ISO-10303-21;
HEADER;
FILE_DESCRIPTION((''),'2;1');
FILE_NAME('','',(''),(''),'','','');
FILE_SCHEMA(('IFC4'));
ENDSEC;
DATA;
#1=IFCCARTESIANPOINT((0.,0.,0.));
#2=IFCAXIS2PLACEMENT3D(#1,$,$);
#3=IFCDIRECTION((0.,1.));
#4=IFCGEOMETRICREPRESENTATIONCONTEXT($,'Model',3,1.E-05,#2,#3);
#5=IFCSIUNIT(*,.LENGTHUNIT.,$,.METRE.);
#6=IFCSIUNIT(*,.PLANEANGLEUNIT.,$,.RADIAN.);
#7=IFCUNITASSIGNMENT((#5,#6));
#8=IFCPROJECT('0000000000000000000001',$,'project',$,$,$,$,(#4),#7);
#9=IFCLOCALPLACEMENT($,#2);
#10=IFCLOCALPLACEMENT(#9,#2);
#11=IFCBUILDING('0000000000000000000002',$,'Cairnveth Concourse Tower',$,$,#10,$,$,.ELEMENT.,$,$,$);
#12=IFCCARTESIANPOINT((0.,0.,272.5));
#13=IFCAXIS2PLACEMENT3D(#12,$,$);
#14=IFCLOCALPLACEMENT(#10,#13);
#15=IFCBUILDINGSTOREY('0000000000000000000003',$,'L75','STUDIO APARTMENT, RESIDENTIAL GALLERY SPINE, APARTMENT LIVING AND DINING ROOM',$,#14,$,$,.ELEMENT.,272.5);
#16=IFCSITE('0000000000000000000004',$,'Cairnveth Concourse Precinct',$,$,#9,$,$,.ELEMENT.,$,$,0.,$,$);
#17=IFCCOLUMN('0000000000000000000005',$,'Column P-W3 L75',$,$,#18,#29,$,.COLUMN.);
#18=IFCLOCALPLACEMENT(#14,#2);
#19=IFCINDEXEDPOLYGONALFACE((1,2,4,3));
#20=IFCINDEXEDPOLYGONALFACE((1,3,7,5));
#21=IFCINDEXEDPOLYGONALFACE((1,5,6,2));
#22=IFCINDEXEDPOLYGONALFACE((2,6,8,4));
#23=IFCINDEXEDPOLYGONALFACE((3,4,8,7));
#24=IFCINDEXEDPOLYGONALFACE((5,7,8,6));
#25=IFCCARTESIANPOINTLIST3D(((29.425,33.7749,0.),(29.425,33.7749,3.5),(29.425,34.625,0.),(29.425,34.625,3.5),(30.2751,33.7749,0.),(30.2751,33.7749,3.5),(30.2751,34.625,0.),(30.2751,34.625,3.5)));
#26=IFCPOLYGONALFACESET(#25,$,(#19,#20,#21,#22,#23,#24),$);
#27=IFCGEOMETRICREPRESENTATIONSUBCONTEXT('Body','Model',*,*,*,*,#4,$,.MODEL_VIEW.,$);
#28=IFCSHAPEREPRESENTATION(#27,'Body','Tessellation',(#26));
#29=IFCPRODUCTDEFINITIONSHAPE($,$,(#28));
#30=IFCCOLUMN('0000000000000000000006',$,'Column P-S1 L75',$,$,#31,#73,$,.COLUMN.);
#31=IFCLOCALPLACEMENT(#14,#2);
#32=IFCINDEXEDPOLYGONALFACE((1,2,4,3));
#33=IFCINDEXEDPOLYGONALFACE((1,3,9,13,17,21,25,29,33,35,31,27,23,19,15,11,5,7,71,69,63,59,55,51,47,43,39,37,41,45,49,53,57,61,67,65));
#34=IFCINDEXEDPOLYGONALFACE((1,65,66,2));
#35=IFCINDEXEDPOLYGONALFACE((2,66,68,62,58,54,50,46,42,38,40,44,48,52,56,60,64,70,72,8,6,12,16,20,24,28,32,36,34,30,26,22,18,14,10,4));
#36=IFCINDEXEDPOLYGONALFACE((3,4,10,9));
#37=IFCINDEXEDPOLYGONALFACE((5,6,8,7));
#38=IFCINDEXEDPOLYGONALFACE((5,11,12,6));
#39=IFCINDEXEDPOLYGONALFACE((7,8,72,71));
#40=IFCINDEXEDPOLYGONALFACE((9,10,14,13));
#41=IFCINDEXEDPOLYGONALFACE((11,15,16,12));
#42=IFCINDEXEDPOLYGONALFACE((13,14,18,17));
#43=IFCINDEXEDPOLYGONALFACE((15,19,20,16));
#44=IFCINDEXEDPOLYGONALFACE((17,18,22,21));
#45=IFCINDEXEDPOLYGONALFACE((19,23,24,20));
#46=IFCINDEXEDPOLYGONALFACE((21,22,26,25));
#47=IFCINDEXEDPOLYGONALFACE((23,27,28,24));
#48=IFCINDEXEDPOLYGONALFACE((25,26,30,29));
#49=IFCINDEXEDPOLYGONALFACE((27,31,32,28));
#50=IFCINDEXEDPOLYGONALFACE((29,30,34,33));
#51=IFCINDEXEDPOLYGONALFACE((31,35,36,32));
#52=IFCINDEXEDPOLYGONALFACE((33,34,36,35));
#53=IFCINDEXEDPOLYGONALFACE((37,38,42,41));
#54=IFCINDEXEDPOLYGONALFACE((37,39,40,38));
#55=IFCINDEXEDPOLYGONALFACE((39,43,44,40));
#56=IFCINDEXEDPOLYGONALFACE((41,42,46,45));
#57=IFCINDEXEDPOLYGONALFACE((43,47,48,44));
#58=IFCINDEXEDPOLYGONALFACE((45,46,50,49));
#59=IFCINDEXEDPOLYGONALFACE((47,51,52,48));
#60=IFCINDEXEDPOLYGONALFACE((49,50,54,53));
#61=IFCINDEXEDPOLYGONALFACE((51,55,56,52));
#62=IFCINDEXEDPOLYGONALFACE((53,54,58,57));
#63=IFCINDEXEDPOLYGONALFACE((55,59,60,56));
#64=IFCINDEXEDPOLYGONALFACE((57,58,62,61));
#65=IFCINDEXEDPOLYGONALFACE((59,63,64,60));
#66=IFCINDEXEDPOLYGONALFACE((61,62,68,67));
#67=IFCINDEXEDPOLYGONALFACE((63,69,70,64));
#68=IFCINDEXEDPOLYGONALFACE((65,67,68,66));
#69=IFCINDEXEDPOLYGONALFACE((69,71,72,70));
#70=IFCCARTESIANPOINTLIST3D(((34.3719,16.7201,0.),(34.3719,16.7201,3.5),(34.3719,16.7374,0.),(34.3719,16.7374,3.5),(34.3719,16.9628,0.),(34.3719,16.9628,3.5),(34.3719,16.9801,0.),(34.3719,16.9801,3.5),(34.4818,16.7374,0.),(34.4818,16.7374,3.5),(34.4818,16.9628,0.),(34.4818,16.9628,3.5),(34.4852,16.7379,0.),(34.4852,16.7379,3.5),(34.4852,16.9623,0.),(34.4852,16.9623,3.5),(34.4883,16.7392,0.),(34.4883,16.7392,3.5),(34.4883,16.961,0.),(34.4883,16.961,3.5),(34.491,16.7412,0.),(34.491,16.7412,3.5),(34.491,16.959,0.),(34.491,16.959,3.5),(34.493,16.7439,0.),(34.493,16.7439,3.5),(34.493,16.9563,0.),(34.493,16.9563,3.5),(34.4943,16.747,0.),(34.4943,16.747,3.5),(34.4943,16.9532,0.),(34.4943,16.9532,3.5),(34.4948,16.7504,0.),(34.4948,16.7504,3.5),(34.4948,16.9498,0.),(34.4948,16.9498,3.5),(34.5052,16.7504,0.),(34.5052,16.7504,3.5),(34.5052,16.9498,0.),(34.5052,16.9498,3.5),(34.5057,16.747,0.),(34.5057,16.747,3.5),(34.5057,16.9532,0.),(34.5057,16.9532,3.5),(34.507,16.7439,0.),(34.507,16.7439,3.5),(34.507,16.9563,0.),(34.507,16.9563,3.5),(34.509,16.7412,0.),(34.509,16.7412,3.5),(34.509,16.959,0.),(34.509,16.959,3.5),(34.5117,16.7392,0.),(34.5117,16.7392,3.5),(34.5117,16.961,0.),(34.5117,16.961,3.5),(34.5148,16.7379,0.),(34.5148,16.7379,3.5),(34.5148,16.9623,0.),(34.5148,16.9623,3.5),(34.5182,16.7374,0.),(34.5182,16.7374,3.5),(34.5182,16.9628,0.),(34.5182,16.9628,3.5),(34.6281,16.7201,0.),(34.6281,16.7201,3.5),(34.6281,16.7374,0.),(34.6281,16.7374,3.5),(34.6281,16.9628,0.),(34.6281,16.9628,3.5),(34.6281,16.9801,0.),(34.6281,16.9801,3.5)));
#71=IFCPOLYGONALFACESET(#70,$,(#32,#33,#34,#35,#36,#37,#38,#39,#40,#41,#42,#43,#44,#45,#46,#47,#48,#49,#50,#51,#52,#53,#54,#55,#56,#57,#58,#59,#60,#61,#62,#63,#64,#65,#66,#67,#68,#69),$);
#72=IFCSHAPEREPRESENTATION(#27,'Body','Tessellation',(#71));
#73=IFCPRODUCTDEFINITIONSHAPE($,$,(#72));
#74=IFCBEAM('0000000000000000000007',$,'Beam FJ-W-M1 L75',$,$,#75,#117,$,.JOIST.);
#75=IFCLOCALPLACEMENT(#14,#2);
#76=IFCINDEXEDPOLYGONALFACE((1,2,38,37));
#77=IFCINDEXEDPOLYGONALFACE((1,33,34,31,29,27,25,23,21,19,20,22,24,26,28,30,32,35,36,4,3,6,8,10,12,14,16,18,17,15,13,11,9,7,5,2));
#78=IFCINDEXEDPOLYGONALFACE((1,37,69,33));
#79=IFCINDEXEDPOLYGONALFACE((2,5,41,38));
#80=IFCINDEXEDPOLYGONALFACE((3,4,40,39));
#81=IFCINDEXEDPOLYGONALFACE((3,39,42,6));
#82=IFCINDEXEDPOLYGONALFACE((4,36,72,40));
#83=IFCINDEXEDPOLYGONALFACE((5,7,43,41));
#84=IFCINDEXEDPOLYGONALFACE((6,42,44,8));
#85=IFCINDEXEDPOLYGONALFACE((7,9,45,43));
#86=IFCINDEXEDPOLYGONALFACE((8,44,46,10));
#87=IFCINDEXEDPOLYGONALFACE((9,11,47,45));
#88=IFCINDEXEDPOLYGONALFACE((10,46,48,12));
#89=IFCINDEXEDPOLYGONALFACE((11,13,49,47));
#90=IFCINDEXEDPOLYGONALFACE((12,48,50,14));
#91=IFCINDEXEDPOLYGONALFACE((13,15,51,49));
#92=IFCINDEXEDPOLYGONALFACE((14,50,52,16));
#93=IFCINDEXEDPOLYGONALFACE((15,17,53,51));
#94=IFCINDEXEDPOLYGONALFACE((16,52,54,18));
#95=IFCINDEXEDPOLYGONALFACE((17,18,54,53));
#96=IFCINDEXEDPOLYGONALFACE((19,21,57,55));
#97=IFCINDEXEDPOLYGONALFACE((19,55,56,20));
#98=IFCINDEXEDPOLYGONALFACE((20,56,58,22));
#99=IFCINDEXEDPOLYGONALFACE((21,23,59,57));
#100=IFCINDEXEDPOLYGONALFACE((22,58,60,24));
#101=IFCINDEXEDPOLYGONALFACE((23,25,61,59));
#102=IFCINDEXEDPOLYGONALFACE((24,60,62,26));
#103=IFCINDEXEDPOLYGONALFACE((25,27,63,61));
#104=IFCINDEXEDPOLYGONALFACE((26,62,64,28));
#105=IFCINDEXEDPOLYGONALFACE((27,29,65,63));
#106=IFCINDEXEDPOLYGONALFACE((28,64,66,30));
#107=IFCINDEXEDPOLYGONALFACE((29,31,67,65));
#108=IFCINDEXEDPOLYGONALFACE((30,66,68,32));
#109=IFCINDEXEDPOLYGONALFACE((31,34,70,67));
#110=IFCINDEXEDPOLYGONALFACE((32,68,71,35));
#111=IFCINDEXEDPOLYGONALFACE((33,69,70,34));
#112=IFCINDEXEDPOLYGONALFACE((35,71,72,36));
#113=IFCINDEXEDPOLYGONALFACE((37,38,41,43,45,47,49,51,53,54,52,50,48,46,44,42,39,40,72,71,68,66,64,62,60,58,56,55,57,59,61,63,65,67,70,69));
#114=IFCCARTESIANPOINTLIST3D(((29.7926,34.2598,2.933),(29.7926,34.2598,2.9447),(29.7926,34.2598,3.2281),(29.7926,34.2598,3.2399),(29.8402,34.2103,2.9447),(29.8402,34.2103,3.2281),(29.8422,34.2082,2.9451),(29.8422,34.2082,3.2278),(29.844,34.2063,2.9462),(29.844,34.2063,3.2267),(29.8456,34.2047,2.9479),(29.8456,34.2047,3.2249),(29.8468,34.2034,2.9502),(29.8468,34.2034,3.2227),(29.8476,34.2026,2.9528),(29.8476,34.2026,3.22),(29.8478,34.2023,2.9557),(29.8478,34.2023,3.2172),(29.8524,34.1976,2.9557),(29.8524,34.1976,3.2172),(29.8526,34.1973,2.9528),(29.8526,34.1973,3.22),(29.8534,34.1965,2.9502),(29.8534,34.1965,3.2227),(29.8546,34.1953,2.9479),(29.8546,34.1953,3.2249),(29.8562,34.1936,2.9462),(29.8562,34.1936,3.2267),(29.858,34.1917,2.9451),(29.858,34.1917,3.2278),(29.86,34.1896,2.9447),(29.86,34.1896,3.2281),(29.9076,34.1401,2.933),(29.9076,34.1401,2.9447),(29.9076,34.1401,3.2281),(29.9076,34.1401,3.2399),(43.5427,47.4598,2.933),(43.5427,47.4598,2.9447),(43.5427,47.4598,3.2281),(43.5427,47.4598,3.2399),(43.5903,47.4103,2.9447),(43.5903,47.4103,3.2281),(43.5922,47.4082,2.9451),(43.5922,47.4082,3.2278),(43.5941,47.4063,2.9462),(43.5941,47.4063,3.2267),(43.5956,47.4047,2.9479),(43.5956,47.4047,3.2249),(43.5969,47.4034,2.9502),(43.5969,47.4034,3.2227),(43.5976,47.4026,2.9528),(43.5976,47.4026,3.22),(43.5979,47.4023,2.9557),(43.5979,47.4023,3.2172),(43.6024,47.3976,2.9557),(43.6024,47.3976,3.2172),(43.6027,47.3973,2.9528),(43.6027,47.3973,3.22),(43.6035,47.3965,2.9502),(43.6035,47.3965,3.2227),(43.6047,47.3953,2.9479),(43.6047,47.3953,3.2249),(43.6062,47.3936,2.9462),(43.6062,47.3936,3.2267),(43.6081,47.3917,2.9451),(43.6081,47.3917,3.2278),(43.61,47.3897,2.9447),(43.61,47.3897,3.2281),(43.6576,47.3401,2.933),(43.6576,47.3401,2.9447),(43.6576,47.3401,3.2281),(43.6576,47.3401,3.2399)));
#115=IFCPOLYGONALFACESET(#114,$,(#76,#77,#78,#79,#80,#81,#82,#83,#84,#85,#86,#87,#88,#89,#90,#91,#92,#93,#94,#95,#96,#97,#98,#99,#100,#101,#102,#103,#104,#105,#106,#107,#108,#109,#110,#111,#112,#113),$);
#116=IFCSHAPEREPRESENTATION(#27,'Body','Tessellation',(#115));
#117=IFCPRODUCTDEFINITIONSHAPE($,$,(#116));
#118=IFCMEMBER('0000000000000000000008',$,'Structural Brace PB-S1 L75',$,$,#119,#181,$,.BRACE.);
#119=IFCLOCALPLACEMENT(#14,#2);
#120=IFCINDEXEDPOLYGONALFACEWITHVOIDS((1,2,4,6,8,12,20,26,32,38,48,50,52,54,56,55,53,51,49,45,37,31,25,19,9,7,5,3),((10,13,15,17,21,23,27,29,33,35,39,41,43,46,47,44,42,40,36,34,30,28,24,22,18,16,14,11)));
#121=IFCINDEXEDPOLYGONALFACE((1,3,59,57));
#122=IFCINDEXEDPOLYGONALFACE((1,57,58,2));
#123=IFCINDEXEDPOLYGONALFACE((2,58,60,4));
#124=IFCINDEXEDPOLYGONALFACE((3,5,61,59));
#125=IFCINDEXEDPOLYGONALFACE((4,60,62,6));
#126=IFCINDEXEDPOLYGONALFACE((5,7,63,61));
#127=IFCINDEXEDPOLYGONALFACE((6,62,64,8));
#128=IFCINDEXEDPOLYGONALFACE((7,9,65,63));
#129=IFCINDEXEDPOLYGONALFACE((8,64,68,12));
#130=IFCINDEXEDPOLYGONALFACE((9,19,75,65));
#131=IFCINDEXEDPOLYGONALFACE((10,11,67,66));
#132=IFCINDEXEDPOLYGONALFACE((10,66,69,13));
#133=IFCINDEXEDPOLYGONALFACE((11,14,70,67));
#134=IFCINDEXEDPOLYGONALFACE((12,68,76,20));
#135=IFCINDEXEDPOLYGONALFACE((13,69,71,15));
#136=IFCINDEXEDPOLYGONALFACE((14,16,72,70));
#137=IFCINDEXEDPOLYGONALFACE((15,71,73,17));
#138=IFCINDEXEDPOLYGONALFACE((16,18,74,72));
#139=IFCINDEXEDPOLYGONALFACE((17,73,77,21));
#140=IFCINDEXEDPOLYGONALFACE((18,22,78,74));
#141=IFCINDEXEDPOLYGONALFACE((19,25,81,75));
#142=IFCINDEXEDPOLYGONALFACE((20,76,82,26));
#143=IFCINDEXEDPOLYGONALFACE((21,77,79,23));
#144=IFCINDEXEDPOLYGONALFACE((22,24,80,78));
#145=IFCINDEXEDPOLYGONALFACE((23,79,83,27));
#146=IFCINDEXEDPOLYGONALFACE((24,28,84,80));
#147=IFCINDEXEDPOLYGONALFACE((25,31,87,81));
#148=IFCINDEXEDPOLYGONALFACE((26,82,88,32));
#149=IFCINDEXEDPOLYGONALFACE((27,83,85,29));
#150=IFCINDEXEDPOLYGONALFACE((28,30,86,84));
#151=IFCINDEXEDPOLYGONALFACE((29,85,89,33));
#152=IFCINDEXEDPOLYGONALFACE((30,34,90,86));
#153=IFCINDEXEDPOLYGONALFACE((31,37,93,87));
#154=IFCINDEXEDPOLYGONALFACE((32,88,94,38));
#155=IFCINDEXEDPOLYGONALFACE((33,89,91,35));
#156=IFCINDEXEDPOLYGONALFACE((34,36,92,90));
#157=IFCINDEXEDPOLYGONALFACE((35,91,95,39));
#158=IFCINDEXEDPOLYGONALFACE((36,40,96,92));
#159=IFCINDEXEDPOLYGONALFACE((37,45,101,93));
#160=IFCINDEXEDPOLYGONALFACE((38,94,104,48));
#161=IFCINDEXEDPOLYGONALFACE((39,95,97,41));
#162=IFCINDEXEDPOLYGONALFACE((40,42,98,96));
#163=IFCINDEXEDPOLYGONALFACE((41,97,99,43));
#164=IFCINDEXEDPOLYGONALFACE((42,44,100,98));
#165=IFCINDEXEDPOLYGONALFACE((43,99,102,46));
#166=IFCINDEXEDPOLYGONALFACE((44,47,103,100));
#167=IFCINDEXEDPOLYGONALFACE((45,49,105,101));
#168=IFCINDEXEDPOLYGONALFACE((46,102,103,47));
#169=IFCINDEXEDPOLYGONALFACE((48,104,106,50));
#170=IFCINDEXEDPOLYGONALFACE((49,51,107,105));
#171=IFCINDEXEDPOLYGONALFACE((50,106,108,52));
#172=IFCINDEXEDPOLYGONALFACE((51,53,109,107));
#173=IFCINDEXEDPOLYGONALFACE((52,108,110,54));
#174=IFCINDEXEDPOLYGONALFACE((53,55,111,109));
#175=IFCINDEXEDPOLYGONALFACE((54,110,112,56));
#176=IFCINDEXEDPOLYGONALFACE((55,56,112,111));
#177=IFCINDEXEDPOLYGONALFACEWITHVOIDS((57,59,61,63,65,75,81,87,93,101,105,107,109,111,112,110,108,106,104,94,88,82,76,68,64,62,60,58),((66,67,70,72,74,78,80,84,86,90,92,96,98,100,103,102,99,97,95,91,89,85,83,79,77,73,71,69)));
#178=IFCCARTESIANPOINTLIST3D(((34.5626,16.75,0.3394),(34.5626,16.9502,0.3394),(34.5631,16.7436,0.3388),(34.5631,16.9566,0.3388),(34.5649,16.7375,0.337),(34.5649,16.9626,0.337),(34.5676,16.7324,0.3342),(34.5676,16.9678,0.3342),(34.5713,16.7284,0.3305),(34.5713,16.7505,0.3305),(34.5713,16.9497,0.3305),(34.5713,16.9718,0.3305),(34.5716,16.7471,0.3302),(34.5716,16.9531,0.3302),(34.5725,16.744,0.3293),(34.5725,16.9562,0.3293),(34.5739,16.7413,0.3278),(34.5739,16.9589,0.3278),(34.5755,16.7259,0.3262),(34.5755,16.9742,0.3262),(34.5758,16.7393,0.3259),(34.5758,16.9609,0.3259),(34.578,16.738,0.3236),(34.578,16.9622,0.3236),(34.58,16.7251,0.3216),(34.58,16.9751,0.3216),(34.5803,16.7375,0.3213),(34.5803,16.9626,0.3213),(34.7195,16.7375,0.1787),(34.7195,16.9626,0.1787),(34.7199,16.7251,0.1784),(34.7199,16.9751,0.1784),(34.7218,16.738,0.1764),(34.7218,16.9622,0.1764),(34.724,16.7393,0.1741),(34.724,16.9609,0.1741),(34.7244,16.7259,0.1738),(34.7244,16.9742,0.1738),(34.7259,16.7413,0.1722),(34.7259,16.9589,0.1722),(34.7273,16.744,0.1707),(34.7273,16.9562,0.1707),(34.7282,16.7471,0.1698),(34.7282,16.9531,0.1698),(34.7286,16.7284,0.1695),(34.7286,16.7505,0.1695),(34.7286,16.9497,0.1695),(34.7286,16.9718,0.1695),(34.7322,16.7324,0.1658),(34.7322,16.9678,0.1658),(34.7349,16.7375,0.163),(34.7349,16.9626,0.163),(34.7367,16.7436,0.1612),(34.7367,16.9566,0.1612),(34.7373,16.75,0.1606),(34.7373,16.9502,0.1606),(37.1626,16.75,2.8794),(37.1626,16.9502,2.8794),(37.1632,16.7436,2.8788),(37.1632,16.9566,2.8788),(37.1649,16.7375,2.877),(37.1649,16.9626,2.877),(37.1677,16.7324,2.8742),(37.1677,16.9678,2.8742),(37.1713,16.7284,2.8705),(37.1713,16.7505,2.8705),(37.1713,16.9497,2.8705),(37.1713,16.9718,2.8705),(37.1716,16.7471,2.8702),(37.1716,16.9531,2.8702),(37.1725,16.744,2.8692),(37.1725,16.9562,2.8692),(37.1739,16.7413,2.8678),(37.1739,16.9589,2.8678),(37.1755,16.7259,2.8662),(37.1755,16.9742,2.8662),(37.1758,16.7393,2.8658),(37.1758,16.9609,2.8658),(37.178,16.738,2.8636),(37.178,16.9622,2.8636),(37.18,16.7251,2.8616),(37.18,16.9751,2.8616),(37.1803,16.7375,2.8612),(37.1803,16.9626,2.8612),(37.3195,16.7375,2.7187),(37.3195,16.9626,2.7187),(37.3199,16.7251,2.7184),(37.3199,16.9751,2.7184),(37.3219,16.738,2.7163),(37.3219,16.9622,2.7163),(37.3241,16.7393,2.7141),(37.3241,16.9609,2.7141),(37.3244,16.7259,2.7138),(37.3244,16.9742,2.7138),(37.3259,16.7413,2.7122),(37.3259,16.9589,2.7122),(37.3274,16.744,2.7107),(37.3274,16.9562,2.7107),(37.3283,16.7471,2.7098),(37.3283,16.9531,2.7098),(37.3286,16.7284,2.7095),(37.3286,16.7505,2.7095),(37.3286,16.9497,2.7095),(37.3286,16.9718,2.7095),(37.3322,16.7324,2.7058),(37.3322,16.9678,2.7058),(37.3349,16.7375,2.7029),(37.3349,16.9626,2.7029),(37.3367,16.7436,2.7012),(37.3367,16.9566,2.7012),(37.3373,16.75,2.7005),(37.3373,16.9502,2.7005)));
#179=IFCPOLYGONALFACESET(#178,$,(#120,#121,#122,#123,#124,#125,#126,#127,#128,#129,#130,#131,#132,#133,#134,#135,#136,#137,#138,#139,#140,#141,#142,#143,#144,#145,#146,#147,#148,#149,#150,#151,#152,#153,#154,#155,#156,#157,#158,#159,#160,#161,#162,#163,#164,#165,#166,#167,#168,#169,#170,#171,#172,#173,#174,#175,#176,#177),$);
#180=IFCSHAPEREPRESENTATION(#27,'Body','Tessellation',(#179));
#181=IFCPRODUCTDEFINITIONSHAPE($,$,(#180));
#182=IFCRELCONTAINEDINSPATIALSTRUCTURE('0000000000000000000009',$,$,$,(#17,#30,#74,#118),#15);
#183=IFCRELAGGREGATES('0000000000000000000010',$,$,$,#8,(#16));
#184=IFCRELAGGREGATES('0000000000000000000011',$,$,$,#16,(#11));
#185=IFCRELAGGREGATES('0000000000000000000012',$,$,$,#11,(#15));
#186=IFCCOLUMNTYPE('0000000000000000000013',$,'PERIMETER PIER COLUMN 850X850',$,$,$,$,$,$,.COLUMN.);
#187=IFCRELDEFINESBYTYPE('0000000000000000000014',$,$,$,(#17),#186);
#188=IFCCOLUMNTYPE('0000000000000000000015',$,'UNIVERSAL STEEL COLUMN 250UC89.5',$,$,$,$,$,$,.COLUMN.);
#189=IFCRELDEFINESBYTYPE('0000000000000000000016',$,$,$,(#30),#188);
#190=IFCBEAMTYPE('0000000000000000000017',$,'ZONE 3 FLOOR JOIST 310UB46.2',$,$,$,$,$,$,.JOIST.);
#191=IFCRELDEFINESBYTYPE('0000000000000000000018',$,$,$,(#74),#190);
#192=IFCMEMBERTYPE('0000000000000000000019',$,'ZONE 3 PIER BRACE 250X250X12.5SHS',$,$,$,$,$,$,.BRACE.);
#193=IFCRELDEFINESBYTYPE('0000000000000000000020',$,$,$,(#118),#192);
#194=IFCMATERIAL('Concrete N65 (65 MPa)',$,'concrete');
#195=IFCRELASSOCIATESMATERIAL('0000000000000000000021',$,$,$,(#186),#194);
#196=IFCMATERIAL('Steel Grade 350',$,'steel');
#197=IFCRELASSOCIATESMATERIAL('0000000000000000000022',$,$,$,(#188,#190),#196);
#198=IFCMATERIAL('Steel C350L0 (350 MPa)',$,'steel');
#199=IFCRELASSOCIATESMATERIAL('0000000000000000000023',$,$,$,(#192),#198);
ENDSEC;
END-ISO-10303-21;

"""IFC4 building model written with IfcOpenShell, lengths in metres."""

from ifc_helpers import new_model, si_unit, direction, frame, origin, origin_2d, place, context, subcontext, project, spatial, rectangle, hollow_rectangle, i_section, extrude, material, material_profile, profile_set, type_object, element, save


model = new_model("IFC4")

# Units and contexts
model_context = context("Model", 3, precision=1e-05, world=origin(), true_north=direction((0.0, 1.0)))
body_context = subcontext(model_context, "Body", "Model", "MODEL_VIEW")
ifc_project = project(units=[si_unit("LENGTHUNIT", "METRE"), si_unit("PLANEANGLEUNIT", "RADIAN")], contexts=[model_context])

# Site, building, storey
site_placement = place(None, origin())
site = spatial("IfcSite", under=ifc_project, at=site_placement, Name="Cairnveth Concourse Precinct", CompositionType="ELEMENT", RefElevation=0.0)
building_placement = place(site_placement, origin())
building = spatial("IfcBuilding", under=site, at=building_placement, Name="Cairnveth Concourse Tower", CompositionType="ELEMENT")
storey_placement = place(building_placement, frame((0.0, 0.0, 272.5)))
storey = spatial("IfcBuildingStorey", under=building, at=storey_placement, Name="L75", Description="STUDIO APARTMENT, RESIDENTIAL GALLERY SPINE, APARTMENT LIVING AND DINING ROOM", CompositionType="ELEMENT", Elevation=272.5)

# Columns
ifc_material_1 = material(Name="Concrete N65 (65 MPa)", Category="concrete")
ifc_material_profile_1 = material_profile(ifc_material_1, rectangle(XDim=0.8501, YDim=0.8501, at=origin_2d()), Name="RC-COL-850x850")
ifc_profile_set_1 = profile_set([ifc_material_profile_1], Name="Concrete N65 (65 MPa)")
column_type_1 = type_object("IfcColumnType", Name="PERIMETER PIER COLUMN 850X850", PredefinedType="COLUMN", material=ifc_profile_set_1)
column_1_placement = place(storey_placement, frame((29.8501, 34.2, 0.0), z_axis=(0.0, 0.0, 1.0), x_axis=(0.0, 1.0, 0.0)))
element("IfcColumn", 1, at=column_1_placement, inside=storey, type_object=column_type_1, Name="Column P-W3 L75", PredefinedType="COLUMN", context=body_context, shape_type="SweptSolid", body=[
    extrude(rectangle(XDim=0.8501, YDim=0.8501, at=origin_2d()), origin(), (0.0, 0.0, 1.0), 3.5),
])
ifc_material_2 = material(Name="Steel Grade 350", Category="steel")
ifc_material_profile_2 = material_profile(ifc_material_2, i_section(OverallWidth=0.2561, OverallDepth=0.26, WebThickness=0.0105, FlangeThickness=0.0173, FilletRadius=0.0129, at=origin_2d()), Name="250UC89.5")
ifc_profile_set_2 = profile_set([ifc_material_profile_2], Name="Steel Grade 350")
column_type_2 = type_object("IfcColumnType", Name="UNIVERSAL STEEL COLUMN 250UC89.5", PredefinedType="COLUMN", material=ifc_profile_set_2)
column_2_placement = place(storey_placement, frame((34.5, 16.8501, 0.0), z_axis=(0.0, 0.0, 1.0), x_axis=(1.0, 0.0, 0.0)))
element("IfcColumn", 2, at=column_2_placement, inside=storey, type_object=column_type_2, Name="Column P-S1 L75", PredefinedType="COLUMN", context=body_context, shape_type="SweptSolid", body=[
    extrude(i_section(OverallWidth=0.2561, OverallDepth=0.26, WebThickness=0.0105, FlangeThickness=0.0173, FilletRadius=0.0129, at=origin_2d()), origin(), (0.0, 0.0, 1.0), 3.5),
])

# Beam
ifc_material_profile_3 = material_profile(ifc_material_2, i_section(OverallWidth=0.166, OverallDepth=0.3069, WebThickness=0.0066, FlangeThickness=0.0117, FilletRadius=0.011, at=origin_2d()), Name="310UB46.2")
ifc_profile_set_3 = profile_set([ifc_material_profile_3], Name="Steel Grade 350")
beam_type_1 = type_object("IfcBeamType", Name="ZONE 3 FLOOR JOIST 310UB46.2", PredefinedType="JOIST", material=ifc_profile_set_3)
beam_1_placement = place(storey_placement, frame((29.8501, 34.2, 3.0864), z_axis=(0.721389, 0.69253, 0.0), x_axis=(-0.69253, 0.721389, 0.0)))
element("IfcBeam", 3, at=beam_1_placement, inside=storey, type_object=beam_type_1, Name="Beam FJ-W-M1 L75", PredefinedType="JOIST", context=body_context, shape_type="SweptSolid", body=[
    extrude(i_section(OverallWidth=0.166, OverallDepth=0.3069, WebThickness=0.0066, FlangeThickness=0.0117, FilletRadius=0.011, at=origin_2d()), origin(), (0.0, 0.0, 1.0), 19.0605),
])

# Member
ifc_material_3 = material(Name="Steel C350L0 (350 MPa)", Category="steel")
ifc_material_profile_4 = material_profile(ifc_material_3, hollow_rectangle(XDim=0.25, YDim=0.25, WallThickness=0.0125, InnerFilletRadius=0.0129, OuterFilletRadius=0.0249, at=origin_2d()), Name="250x250x12.5SHS")
ifc_profile_set_4 = profile_set([ifc_material_profile_4], Name="Steel C350L0 (350 MPa)")
member_type = type_object("IfcMemberType", Name="ZONE 3 PIER BRACE 250X250X12.5SHS", PredefinedType="BRACE", material=ifc_profile_set_4)
member_placement = place(storey_placement, frame((34.6499, 16.8501, 0.25), z_axis=(0.71532, 0.0, 0.698797), x_axis=(0.0, 1.0, 0.0)))
element("IfcMember", 4, at=member_placement, inside=storey, type_object=member_type, Name="Structural Brace PB-S1 L75", PredefinedType="BRACE", context=body_context, shape_type="SweptSolid", body=[
    extrude(hollow_rectangle(XDim=0.25, YDim=0.25, WallThickness=0.0125, InnerFilletRadius=0.0129, OuterFilletRadius=0.0249, at=origin_2d()), origin(), (0.0, 0.0, 1.0), 3.6348),
])

save(model, "model.ifc")
